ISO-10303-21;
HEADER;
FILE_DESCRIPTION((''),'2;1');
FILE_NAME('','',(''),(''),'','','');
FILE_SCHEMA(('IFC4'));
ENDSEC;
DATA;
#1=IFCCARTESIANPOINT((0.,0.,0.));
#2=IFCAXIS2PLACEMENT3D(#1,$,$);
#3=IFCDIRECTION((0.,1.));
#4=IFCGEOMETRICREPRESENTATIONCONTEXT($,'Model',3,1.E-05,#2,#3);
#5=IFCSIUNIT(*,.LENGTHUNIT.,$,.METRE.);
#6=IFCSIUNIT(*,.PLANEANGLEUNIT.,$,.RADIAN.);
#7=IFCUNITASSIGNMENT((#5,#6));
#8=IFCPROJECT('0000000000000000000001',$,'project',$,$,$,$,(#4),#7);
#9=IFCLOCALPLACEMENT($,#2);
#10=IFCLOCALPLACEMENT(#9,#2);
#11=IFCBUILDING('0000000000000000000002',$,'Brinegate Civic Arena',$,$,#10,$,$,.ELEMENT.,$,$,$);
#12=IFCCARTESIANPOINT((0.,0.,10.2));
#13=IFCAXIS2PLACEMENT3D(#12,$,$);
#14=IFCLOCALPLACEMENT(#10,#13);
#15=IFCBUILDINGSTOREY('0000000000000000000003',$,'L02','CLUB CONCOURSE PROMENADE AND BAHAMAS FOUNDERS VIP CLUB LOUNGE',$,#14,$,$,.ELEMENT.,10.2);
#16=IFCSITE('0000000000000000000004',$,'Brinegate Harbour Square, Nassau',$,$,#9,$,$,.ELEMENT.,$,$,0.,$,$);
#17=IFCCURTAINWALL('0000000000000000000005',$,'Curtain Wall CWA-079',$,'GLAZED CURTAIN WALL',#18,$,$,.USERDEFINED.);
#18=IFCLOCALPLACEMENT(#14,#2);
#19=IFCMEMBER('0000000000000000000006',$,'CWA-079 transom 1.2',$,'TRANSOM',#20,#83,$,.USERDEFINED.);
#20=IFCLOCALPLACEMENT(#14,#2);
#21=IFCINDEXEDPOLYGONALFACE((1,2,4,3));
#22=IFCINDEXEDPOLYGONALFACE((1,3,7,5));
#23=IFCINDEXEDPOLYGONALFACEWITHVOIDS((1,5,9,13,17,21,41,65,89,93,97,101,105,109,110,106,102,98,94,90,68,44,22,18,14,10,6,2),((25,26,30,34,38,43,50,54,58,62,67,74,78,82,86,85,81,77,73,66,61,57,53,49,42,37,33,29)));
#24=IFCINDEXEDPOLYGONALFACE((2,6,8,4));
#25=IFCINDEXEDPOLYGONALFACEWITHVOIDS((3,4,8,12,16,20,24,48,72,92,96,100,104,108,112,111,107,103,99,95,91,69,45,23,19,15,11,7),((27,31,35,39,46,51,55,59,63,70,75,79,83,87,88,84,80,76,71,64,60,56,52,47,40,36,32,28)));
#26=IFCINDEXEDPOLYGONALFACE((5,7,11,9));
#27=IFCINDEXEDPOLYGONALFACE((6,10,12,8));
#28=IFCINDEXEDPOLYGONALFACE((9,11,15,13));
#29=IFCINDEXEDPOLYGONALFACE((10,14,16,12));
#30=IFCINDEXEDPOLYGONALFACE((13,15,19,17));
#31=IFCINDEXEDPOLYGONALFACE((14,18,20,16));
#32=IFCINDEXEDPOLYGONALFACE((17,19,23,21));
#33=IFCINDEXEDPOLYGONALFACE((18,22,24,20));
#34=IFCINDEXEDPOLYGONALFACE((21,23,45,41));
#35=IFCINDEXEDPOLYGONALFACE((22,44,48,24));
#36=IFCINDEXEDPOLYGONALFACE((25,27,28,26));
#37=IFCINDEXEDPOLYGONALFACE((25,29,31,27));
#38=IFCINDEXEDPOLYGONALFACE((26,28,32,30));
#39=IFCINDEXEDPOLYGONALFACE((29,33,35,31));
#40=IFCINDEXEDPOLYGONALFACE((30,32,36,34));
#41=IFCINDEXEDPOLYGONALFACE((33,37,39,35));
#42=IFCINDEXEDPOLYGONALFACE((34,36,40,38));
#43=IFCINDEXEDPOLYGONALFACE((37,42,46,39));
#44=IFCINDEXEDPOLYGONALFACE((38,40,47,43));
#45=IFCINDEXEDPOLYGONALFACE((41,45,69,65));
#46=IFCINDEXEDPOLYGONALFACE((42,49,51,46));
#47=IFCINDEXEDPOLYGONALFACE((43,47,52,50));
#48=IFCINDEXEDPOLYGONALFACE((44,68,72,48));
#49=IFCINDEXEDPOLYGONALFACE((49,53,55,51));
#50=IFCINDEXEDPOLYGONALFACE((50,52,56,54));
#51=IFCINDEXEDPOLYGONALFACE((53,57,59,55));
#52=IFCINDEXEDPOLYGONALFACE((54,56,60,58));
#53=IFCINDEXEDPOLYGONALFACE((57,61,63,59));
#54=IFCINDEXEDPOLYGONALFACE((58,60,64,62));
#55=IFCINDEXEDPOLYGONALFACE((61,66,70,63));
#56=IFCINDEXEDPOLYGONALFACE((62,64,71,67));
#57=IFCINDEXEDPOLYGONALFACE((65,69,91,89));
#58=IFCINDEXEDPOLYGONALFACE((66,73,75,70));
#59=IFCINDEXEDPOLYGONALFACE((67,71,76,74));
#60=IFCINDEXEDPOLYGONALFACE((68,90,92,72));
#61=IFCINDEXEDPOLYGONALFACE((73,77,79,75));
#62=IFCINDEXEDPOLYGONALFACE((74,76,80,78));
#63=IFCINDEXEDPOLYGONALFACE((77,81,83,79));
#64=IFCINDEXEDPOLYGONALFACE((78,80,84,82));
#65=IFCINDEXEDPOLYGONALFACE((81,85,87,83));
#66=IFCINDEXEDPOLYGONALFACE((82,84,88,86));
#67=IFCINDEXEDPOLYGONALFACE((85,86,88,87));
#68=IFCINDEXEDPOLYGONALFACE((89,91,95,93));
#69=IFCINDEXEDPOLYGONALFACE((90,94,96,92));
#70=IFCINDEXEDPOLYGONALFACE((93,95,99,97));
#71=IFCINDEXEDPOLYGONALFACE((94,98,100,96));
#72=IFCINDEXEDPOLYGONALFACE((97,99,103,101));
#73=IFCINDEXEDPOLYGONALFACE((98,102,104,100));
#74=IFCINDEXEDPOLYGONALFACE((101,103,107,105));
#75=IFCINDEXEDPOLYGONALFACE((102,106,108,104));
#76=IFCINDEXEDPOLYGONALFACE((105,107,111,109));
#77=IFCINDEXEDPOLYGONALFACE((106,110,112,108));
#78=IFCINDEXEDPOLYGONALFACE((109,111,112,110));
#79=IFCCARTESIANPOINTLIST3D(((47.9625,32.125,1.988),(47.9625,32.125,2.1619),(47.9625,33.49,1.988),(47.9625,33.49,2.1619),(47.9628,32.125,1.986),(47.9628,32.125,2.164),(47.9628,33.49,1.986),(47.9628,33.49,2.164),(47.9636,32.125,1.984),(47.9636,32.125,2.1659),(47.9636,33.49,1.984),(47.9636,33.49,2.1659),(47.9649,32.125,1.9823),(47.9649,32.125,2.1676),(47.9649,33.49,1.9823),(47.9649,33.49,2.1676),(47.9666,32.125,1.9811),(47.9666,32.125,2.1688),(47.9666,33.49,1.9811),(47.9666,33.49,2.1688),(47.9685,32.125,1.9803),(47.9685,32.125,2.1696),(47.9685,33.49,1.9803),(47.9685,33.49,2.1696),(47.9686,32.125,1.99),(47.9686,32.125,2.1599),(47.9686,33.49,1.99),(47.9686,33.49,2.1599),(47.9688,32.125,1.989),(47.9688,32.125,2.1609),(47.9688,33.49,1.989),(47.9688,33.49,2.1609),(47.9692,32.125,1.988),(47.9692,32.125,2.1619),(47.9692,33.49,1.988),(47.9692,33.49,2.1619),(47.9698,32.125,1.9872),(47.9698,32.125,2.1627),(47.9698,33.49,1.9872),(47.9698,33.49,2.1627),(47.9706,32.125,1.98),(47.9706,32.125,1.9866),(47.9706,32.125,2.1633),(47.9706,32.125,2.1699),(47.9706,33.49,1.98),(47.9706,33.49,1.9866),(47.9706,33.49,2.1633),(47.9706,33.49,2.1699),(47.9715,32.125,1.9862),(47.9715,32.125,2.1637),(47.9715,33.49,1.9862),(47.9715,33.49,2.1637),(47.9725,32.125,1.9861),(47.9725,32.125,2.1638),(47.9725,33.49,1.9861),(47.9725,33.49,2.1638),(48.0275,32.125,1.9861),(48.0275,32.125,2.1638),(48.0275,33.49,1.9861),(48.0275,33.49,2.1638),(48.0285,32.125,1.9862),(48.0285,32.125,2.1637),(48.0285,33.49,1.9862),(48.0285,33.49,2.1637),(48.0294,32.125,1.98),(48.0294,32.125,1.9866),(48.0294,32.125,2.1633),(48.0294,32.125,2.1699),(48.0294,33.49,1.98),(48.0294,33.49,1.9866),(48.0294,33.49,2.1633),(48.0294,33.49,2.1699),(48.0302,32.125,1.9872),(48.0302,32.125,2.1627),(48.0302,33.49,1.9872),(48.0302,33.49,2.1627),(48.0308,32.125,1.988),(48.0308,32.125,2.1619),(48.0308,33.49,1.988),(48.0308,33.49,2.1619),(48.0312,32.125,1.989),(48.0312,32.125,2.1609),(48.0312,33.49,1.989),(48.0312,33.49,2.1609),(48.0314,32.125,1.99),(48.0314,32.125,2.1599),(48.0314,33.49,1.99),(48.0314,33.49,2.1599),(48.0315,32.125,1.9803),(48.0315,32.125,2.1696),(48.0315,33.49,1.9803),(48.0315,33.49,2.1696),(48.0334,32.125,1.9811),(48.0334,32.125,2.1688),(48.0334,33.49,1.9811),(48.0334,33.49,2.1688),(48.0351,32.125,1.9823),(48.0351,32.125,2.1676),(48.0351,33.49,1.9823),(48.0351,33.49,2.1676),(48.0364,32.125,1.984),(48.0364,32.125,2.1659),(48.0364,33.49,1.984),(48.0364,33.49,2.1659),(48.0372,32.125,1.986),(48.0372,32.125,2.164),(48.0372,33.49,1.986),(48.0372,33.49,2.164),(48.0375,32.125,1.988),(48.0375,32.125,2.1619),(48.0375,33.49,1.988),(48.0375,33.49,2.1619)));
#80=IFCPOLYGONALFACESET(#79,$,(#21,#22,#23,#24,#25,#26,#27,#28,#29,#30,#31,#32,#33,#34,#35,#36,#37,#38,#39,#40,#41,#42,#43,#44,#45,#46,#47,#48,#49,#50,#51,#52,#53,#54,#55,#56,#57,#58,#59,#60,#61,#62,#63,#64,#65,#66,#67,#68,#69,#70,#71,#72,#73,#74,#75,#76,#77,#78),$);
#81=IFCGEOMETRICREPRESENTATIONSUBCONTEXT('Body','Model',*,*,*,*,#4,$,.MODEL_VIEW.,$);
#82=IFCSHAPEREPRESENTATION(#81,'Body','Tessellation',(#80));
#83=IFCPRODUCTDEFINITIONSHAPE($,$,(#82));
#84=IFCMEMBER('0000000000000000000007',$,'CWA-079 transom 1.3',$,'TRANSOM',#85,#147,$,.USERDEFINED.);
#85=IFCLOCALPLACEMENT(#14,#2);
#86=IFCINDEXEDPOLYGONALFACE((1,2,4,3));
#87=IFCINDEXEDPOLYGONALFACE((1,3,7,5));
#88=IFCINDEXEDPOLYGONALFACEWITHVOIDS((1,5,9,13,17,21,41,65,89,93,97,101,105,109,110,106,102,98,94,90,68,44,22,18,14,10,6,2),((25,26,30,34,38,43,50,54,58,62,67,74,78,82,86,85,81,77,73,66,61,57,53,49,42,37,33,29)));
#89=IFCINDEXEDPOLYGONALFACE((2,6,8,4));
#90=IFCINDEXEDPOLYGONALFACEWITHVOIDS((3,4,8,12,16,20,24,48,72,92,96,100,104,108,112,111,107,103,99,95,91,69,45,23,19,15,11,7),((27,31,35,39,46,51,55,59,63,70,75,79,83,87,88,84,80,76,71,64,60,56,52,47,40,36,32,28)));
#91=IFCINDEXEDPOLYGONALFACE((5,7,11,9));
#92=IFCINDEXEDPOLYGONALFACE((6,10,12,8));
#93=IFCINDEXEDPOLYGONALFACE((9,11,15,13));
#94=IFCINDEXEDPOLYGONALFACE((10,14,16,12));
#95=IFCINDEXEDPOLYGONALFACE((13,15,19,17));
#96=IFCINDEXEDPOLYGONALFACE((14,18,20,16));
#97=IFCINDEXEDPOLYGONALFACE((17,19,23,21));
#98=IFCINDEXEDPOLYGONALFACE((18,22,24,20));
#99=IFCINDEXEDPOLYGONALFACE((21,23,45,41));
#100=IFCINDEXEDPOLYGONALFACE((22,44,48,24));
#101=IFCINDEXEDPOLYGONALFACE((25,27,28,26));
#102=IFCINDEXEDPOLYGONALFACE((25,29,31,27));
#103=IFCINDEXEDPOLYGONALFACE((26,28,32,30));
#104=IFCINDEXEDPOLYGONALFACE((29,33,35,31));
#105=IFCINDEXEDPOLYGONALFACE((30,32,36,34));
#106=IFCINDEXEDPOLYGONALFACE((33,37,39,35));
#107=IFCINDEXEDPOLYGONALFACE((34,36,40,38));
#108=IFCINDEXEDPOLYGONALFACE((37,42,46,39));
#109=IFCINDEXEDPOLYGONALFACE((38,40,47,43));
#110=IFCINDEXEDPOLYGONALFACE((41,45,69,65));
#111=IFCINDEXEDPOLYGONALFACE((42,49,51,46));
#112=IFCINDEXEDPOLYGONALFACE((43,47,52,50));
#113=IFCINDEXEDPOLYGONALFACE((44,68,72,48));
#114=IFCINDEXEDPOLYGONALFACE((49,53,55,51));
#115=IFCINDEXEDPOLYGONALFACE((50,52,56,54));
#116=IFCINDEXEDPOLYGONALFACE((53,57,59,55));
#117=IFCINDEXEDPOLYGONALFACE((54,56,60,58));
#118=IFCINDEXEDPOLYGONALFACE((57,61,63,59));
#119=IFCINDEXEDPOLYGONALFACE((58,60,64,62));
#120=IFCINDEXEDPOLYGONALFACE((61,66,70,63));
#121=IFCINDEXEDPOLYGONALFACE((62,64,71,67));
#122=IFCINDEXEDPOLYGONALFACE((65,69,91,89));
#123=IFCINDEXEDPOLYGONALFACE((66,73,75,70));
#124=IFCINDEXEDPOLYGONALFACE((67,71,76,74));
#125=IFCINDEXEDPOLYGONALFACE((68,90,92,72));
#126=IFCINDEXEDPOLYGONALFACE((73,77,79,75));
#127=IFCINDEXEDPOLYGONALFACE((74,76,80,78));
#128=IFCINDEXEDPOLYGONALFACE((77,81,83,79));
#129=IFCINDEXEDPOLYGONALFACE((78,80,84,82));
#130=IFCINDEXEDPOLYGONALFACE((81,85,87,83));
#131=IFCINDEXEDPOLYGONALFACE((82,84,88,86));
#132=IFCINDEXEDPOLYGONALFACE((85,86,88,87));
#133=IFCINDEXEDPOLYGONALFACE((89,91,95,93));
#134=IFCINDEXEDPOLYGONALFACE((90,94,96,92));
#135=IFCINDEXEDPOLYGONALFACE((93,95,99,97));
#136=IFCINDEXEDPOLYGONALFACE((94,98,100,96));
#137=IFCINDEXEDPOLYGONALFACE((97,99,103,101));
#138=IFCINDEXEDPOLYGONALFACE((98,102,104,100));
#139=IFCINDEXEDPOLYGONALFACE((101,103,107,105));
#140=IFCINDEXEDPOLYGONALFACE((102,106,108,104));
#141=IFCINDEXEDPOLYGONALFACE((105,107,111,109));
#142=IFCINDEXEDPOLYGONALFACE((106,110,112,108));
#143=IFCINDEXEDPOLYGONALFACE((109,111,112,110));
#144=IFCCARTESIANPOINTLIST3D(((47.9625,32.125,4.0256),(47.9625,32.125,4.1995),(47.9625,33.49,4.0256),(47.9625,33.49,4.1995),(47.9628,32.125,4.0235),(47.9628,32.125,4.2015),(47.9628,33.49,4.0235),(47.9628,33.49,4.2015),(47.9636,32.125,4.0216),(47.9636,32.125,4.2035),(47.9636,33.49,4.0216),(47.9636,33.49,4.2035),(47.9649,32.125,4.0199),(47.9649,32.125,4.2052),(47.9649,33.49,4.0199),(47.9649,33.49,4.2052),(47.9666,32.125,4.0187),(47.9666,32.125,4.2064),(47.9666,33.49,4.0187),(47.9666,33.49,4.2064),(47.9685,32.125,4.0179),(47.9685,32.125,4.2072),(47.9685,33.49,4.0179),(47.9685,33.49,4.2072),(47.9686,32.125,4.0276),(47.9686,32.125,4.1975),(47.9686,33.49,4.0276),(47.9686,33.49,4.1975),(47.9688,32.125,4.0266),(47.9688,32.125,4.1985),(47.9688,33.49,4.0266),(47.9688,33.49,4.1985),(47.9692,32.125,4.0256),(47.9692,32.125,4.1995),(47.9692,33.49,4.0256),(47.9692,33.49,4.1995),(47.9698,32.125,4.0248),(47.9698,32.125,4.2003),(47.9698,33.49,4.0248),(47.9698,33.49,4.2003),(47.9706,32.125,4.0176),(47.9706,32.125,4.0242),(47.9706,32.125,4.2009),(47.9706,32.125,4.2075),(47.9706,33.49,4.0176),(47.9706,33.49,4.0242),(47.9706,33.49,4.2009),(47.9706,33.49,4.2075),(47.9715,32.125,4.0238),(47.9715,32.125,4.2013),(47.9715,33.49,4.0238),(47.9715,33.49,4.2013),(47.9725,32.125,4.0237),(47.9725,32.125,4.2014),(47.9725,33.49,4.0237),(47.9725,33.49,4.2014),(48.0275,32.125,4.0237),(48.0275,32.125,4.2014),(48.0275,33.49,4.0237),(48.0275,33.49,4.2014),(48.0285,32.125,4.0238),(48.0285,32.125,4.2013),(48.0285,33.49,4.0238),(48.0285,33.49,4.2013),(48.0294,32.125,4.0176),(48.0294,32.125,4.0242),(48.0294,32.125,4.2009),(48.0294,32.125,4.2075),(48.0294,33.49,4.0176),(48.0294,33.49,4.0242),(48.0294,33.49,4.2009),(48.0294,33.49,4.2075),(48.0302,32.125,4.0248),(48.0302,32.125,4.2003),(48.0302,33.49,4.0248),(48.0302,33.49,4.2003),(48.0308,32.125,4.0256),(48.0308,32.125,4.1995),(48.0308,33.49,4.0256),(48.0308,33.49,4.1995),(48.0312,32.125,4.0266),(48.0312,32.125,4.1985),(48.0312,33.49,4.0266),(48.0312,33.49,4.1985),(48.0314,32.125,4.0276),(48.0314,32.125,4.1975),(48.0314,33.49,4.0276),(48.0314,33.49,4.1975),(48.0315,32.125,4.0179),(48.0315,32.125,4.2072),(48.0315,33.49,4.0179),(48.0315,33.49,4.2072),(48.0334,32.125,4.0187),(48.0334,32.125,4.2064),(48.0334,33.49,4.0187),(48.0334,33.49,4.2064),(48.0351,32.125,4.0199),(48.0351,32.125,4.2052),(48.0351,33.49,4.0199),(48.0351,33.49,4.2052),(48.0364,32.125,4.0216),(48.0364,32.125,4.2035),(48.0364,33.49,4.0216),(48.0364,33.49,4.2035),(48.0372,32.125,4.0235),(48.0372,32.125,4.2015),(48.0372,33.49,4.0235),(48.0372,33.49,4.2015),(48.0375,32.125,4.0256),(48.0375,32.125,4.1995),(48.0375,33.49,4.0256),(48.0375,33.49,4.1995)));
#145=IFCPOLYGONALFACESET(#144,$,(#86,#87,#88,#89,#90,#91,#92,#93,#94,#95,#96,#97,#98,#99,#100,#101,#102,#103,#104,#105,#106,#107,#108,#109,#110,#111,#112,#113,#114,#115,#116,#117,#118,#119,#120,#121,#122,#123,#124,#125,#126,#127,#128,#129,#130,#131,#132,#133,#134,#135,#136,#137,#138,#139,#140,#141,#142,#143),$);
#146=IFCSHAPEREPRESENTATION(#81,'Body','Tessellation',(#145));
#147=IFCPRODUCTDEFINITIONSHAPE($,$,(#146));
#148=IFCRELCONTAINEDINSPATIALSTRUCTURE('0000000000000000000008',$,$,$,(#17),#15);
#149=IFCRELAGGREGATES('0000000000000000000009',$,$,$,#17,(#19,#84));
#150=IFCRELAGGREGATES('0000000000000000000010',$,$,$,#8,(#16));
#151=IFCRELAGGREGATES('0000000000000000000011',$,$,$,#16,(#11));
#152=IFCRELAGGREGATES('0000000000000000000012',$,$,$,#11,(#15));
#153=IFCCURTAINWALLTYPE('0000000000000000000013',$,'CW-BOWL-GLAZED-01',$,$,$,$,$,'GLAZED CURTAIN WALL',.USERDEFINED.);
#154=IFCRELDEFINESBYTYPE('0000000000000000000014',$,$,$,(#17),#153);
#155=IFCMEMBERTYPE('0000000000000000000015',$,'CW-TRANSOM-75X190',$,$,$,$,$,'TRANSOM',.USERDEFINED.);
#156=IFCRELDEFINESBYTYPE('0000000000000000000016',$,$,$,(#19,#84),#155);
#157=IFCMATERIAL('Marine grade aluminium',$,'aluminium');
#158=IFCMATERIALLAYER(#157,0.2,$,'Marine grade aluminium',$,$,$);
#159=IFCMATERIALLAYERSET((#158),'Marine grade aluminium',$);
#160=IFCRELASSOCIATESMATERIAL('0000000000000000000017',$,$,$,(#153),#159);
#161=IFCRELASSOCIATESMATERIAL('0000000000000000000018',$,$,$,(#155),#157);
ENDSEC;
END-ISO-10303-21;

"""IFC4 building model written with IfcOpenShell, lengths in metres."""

from ifc_helpers import new_model, si_unit, direction, frame, origin, origin_2d, place, context, subcontext, project, spatial, hollow_rectangle, extrude, material, layer, layer_set, material_profile, profile_set, type_object, element, aggregate, save


model = new_model("IFC4")

# Units and contexts
model_context = context("Model", 3, precision=1e-05, world=origin(), true_north=direction((0.0, 1.0)))
body_context = subcontext(model_context, "Body", "Model", "MODEL_VIEW")
ifc_project = project(units=[si_unit("LENGTHUNIT", "METRE"), si_unit("PLANEANGLEUNIT", "RADIAN")], contexts=[model_context])

# Site, building, storey
site_placement = place(None, origin())
site = spatial("IfcSite", under=ifc_project, at=site_placement, Name="Brinegate Harbour Square, Nassau", CompositionType="ELEMENT", RefElevation=0.0)
building_placement = place(site_placement, origin())
building = spatial("IfcBuilding", under=site, at=building_placement, Name="Brinegate Civic Arena", CompositionType="ELEMENT")
storey_placement = place(building_placement, frame((0.0, 0.0, 10.2)))
storey = spatial("IfcBuildingStorey", under=building, at=storey_placement, Name="L02", Description="CLUB CONCOURSE PROMENADE AND BAHAMAS FOUNDERS VIP CLUB LOUNGE", CompositionType="ELEMENT", Elevation=10.2)

# Curtain wall, members
ifc_material_1 = material(Name="Marine grade aluminium", Category="aluminium")
ifc_layer_1 = layer(ifc_material_1, 0.2, Name="Marine grade aluminium")
ifc_layer_set_1 = layer_set([ifc_layer_1], Name="Marine grade aluminium")
curtain_wall_type = type_object("IfcCurtainWallType", Name="CW-BOWL-GLAZED-01", ElementType="GLAZED CURTAIN WALL", PredefinedType="USERDEFINED", material=ifc_layer_set_1)
curtain_wall_placement = place(storey_placement, origin())
curtain_wall = element("IfcCurtainWall", 1, at=curtain_wall_placement, inside=storey, type_object=curtain_wall_type, Name="Curtain Wall CWA-079", ObjectType="GLAZED CURTAIN WALL", PredefinedType="USERDEFINED")
ifc_material_profile_1 = material_profile(ifc_material_1, hollow_rectangle(XDim=0.075, YDim=0.1899, WallThickness=0.0061, InnerFilletRadius=0.0039, OuterFilletRadius=0.0081, at=origin_2d()), Name="TRN75X190")
ifc_profile_set_1 = profile_set([ifc_material_profile_1], Name="Marine grade aluminium")
member_type_1 = type_object("IfcMemberType", Name="CW-TRANSOM-75X190", ElementType="TRANSOM", PredefinedType="USERDEFINED", material=ifc_profile_set_1)
member_1_placement = place(storey_placement, frame((48.0, 32.125, 2.075), z_axis=(0.0, 1.0, 0.0), x_axis=(-1.0, 0.0, 0.0)))
member_1 = element("IfcMember", 2, at=member_1_placement, type_object=member_type_1, Name="CWA-079 transom 1.2", ObjectType="TRANSOM", PredefinedType="USERDEFINED", context=body_context, shape_type="SweptSolid", body=[
    extrude(hollow_rectangle(XDim=0.075, YDim=0.1899, WallThickness=0.0061, InnerFilletRadius=0.0039, OuterFilletRadius=0.0081, at=origin_2d()), origin(), (0.0, 0.0, 1.0), 1.365),
])
member_2_placement = place(storey_placement, frame((48.0, 32.125, 4.1125), z_axis=(0.0, 1.0, 0.0), x_axis=(-1.0, 0.0, 0.0)))
member_2 = element("IfcMember", 3, at=member_2_placement, type_object=member_type_1, Name="CWA-079 transom 1.3", ObjectType="TRANSOM", PredefinedType="USERDEFINED", context=body_context, shape_type="SweptSolid", body=[
    extrude(hollow_rectangle(XDim=0.075, YDim=0.1899, WallThickness=0.0061, InnerFilletRadius=0.0039, OuterFilletRadius=0.0081, at=origin_2d()), origin(), (0.0, 0.0, 1.0), 1.365),
])

aggregate(curtain_wall, [member_1, member_2])

save(model, "model.ifc")
